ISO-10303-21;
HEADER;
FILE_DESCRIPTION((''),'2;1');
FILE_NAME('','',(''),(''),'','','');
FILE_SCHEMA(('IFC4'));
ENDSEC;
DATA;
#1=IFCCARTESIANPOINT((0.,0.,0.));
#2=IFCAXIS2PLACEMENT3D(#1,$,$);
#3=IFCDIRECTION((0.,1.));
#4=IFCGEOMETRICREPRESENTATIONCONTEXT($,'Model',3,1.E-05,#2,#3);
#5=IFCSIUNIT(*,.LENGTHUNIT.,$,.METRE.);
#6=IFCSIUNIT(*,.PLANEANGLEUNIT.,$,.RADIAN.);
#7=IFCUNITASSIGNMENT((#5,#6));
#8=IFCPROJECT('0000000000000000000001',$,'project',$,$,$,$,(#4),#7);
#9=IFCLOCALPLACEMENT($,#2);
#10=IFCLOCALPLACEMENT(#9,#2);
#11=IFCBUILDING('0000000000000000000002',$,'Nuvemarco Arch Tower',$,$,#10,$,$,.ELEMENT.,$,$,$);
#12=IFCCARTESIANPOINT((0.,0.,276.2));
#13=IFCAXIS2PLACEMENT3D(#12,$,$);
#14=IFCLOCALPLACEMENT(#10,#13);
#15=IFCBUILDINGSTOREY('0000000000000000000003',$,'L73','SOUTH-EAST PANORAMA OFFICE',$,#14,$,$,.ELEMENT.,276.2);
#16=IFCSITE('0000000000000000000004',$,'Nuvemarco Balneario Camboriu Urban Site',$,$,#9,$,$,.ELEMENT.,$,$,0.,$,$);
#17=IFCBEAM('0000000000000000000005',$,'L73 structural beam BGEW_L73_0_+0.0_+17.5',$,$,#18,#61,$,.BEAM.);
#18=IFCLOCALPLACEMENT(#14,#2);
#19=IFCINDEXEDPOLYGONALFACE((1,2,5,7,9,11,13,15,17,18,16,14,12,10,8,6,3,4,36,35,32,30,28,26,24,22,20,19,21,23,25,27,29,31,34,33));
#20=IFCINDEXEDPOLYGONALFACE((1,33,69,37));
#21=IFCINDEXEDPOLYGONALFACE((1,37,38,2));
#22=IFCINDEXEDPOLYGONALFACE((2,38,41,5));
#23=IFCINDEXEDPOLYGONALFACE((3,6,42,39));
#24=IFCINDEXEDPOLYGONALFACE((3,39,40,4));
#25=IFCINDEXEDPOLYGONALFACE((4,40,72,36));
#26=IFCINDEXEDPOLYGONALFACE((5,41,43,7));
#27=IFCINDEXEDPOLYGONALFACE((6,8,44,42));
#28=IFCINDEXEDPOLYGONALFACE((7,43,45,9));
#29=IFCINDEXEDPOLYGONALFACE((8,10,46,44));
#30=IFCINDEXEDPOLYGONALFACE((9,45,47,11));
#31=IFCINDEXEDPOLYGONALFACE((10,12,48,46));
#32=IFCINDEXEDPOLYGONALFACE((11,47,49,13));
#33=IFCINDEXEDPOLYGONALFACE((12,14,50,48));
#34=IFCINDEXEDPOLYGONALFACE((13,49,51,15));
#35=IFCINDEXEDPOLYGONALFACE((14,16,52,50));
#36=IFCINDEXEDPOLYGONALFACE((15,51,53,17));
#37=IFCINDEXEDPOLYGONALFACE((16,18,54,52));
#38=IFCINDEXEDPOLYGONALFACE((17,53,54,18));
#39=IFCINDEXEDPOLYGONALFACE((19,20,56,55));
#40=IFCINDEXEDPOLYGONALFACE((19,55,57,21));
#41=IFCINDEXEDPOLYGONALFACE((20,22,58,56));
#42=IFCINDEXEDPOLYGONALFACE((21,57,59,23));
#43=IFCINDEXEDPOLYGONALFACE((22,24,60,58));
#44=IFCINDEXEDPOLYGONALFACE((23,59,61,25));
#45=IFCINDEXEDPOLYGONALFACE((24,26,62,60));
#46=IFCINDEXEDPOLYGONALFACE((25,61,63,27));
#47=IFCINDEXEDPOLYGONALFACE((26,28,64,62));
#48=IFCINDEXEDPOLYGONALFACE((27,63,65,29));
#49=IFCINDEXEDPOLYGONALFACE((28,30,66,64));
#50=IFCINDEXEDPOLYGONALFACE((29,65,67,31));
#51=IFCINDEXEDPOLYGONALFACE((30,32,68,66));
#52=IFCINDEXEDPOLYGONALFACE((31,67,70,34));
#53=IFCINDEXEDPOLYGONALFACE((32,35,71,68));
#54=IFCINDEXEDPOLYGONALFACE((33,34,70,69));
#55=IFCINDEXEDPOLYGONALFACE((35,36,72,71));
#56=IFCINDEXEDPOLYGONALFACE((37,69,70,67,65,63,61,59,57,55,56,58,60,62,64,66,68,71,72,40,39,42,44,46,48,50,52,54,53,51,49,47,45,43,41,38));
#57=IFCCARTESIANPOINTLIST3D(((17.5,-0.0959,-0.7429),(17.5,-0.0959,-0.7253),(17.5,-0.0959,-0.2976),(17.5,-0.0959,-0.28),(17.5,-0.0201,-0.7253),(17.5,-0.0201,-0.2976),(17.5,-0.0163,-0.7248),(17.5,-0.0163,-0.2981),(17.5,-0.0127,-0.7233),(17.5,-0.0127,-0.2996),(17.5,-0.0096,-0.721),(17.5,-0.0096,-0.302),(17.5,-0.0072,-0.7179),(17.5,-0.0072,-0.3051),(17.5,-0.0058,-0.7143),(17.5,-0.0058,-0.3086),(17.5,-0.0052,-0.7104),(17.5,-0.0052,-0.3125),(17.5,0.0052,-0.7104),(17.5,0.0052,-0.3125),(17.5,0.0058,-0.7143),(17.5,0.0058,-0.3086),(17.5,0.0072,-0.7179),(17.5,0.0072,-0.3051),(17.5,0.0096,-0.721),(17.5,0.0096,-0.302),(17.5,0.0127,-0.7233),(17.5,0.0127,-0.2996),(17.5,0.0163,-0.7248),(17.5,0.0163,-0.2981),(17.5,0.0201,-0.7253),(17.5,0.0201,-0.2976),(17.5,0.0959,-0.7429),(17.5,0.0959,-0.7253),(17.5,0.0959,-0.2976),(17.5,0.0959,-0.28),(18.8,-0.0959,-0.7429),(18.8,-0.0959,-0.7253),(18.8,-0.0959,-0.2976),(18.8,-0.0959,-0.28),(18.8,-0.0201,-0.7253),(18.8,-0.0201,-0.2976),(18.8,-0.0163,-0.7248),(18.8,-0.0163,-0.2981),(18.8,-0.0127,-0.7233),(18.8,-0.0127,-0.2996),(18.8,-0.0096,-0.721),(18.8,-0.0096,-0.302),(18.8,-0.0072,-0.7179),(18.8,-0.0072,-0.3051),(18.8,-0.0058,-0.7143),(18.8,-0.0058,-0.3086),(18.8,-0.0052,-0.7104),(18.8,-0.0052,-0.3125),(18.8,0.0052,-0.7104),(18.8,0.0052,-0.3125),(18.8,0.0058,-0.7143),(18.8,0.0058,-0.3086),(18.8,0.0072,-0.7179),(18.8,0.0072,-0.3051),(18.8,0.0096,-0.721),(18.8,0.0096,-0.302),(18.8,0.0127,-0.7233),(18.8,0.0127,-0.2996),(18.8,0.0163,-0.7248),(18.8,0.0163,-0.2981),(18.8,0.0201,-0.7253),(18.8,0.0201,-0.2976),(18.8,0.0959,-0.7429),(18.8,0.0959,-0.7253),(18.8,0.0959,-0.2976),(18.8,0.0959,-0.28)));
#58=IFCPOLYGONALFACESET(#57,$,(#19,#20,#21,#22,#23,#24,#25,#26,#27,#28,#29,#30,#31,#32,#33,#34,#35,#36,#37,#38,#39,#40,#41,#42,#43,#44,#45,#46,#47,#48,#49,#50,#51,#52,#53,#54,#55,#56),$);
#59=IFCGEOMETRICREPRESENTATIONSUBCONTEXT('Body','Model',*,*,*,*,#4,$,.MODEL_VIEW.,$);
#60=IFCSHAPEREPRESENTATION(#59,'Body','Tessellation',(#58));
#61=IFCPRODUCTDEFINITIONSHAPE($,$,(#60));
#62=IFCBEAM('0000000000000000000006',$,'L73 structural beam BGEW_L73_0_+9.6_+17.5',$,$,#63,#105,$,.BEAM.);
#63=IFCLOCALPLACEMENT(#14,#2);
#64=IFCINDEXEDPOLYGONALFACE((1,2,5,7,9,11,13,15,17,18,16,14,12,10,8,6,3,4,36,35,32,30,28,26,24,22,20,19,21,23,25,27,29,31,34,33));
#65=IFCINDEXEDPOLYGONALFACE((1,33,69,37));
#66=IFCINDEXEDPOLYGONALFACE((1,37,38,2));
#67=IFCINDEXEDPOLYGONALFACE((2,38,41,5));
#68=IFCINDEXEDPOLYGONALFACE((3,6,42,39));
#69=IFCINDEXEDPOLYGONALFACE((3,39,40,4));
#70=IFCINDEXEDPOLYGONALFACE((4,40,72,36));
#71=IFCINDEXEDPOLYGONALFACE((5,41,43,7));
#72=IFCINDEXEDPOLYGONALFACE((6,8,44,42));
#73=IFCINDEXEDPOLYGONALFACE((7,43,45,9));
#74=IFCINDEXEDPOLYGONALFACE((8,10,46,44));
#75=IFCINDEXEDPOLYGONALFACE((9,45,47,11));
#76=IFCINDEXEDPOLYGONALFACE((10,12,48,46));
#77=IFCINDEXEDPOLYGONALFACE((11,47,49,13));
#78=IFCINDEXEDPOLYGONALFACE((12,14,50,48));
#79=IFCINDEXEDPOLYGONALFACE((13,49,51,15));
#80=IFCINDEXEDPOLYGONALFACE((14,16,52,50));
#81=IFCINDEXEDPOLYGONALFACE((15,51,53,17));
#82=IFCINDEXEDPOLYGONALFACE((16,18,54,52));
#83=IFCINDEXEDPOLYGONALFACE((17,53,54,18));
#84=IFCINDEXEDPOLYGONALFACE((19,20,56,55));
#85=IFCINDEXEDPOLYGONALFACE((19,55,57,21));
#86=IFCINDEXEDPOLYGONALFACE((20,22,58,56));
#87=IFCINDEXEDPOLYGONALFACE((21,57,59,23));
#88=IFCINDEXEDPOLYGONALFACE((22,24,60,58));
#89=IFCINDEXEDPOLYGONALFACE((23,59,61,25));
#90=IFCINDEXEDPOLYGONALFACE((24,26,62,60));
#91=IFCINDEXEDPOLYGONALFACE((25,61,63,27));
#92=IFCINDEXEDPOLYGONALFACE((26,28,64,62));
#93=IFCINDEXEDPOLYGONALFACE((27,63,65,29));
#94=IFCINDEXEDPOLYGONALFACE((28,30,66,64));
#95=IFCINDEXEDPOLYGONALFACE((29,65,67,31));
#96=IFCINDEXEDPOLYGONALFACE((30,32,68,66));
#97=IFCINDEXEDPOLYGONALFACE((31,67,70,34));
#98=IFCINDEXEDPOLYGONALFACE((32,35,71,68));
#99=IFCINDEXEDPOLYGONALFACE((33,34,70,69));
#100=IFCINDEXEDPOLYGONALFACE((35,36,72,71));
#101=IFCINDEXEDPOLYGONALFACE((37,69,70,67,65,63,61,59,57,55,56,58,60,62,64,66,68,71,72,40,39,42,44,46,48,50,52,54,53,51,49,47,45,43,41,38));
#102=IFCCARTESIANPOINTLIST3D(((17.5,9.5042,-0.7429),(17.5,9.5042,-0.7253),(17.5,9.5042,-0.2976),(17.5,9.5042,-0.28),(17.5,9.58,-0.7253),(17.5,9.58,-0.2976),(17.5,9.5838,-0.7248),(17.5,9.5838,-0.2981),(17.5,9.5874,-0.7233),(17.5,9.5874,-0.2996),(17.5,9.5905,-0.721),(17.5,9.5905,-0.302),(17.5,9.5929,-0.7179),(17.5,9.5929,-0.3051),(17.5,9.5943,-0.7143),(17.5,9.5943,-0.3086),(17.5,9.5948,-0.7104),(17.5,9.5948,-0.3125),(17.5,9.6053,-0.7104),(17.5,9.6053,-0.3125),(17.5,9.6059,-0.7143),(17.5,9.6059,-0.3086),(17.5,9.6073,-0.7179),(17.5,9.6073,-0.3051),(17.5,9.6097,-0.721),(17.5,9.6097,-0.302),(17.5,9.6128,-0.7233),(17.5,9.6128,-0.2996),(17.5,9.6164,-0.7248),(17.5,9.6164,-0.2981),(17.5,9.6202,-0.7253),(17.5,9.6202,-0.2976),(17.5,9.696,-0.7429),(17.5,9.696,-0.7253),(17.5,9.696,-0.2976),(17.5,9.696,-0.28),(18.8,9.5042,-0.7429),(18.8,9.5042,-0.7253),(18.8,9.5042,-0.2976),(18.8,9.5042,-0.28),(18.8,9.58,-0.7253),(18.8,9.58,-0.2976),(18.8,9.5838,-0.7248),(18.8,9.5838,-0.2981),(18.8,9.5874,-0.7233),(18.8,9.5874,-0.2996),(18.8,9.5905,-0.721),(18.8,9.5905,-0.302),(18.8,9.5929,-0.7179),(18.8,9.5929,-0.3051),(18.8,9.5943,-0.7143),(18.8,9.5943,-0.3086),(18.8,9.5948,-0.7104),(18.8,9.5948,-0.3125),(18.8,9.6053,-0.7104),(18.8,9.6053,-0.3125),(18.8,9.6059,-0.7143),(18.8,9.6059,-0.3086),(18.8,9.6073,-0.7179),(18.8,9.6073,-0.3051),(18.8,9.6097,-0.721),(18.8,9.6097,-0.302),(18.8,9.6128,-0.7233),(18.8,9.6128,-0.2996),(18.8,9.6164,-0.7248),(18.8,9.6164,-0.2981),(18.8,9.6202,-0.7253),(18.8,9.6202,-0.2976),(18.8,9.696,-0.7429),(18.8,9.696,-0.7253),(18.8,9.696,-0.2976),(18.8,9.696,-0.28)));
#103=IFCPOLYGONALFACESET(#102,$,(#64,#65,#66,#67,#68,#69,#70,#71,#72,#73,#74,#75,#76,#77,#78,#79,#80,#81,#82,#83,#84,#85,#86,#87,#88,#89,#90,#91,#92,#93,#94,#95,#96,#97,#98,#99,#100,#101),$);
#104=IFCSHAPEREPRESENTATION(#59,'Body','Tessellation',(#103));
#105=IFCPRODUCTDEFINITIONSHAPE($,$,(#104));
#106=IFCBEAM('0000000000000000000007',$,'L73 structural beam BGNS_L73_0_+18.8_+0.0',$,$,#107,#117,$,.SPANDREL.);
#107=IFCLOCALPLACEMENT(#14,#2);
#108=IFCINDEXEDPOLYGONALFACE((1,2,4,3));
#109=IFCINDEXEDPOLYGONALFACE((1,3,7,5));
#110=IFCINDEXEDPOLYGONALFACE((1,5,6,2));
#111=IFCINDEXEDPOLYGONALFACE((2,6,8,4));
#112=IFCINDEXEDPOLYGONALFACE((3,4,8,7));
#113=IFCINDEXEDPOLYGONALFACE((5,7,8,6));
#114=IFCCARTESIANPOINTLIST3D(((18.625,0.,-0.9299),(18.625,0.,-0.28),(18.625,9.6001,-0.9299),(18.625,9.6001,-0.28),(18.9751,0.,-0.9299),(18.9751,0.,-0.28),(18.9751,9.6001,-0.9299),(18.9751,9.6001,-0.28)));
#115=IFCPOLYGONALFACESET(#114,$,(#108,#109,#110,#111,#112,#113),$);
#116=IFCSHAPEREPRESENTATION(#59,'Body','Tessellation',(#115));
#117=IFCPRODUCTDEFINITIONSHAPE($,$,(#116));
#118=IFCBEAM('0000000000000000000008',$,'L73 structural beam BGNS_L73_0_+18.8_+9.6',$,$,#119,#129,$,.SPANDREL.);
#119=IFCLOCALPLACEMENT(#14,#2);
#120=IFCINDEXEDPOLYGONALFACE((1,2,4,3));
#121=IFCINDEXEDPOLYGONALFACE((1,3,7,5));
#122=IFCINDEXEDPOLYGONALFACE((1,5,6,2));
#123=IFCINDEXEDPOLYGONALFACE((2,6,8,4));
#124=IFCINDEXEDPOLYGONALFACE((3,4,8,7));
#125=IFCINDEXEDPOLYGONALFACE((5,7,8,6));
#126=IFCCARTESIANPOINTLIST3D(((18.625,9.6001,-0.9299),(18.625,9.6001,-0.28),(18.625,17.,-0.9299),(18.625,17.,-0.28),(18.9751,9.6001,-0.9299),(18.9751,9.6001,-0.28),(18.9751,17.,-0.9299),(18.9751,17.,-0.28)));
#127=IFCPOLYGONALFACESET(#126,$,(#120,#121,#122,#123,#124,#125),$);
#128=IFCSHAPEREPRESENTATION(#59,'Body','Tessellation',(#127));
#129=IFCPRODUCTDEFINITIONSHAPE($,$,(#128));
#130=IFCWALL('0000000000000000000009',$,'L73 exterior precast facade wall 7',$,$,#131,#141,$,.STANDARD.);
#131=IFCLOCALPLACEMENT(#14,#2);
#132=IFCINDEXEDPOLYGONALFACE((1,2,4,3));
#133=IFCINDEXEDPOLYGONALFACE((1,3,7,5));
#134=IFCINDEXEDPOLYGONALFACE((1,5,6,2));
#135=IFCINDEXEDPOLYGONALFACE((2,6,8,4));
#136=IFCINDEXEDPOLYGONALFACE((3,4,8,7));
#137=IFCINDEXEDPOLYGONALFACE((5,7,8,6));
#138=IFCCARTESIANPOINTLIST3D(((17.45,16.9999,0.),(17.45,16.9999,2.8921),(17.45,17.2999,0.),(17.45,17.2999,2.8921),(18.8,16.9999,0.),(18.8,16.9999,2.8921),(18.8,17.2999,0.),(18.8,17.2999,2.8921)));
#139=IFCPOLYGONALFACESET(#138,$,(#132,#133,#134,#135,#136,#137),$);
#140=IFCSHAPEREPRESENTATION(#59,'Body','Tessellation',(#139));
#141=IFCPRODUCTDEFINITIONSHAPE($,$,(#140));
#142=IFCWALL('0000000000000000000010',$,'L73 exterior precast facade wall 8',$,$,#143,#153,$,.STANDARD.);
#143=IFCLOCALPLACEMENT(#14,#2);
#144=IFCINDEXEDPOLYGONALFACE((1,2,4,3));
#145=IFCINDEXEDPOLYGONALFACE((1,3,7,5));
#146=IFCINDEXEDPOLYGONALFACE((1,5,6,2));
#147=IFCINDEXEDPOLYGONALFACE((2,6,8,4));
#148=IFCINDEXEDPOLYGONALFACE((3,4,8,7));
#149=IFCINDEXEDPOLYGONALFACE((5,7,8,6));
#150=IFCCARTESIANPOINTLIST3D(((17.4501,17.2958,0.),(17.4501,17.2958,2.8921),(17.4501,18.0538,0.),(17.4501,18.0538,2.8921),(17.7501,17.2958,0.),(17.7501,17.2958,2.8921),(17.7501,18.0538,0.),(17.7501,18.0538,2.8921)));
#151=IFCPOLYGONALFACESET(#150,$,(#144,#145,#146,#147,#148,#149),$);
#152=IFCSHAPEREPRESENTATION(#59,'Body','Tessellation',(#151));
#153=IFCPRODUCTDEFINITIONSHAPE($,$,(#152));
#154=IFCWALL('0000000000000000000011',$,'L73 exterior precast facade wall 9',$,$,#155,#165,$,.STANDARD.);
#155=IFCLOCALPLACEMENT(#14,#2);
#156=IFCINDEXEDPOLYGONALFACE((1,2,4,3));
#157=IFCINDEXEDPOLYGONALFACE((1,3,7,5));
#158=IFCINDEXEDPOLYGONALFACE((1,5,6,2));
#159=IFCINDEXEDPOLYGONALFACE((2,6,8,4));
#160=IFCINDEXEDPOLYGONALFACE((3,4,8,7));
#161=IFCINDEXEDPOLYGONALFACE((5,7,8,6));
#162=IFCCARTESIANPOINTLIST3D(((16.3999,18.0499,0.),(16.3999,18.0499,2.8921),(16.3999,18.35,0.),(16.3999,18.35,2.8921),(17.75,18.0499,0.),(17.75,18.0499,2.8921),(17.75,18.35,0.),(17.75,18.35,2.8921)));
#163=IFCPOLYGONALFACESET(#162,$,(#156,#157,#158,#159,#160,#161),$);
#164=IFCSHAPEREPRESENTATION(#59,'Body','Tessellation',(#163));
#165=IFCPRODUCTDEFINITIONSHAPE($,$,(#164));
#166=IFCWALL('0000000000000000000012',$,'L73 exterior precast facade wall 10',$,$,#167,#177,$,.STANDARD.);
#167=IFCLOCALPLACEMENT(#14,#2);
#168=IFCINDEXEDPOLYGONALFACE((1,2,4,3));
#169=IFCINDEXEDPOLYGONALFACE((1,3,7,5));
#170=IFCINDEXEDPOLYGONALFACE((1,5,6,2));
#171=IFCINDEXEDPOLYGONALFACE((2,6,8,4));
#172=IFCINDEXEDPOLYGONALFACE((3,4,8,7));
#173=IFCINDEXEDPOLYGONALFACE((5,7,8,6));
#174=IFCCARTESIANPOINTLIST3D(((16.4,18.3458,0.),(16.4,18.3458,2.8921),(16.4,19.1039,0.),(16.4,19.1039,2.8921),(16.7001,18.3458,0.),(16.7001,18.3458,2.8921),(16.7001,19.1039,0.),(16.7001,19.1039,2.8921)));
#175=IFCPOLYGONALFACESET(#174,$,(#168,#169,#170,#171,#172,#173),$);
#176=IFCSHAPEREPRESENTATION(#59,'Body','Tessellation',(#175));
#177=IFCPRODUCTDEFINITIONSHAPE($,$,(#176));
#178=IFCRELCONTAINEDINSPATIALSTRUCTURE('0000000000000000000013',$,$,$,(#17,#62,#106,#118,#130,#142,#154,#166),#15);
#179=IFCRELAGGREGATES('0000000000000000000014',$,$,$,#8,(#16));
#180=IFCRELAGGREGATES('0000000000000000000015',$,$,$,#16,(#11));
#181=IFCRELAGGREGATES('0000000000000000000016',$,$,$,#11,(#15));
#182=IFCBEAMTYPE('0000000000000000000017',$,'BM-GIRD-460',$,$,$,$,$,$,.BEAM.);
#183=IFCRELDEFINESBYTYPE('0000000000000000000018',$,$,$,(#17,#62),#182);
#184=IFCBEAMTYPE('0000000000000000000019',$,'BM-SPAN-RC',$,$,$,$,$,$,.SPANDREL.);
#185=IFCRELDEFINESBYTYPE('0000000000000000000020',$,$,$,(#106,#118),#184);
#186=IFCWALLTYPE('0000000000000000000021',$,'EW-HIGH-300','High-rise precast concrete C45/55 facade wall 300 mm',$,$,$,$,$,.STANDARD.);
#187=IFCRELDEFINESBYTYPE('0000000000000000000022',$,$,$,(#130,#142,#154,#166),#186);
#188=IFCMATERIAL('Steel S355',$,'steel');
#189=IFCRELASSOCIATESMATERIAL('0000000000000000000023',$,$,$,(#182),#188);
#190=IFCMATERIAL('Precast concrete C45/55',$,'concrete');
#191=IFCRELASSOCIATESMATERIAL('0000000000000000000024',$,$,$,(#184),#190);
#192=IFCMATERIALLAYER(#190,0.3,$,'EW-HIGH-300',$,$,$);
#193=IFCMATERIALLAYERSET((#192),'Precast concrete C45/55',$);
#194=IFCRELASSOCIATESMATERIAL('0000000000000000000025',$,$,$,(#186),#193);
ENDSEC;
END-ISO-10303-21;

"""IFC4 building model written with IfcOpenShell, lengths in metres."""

from ifc_helpers import new_model, si_unit, direction, frame, frame_2d, origin, origin_2d, place, context, subcontext, project, spatial, rectangle, i_section, extrude, material, layer, layer_set, material_profile, profile_set, type_object, element, save


model = new_model("IFC4")

# Units and contexts
model_context = context("Model", 3, precision=1e-05, world=origin(), true_north=direction((0.0, 1.0)))
body_context = subcontext(model_context, "Body", "Model", "MODEL_VIEW")
ifc_project = project(units=[si_unit("LENGTHUNIT", "METRE"), si_unit("PLANEANGLEUNIT", "RADIAN")], contexts=[model_context])

# Site, building, storey
site_placement = place(None, origin())
site = spatial("IfcSite", under=ifc_project, at=site_placement, Name="Nuvemarco Balneario Camboriu Urban Site", CompositionType="ELEMENT", RefElevation=0.0)
building_placement = place(site_placement, origin())
building = spatial("IfcBuilding", under=site, at=building_placement, Name="Nuvemarco Arch Tower", CompositionType="ELEMENT")
storey_placement = place(building_placement, frame((0.0, 0.0, 276.2)))
storey = spatial("IfcBuildingStorey", under=building, at=storey_placement, Name="L73", Description="SOUTH-EAST PANORAMA OFFICE", CompositionType="ELEMENT", Elevation=276.2)

# Shared definitions
ifc_material_1 = material(Name="Steel S355", Category="steel")

# Beams
ifc_material_profile_1 = material_profile(ifc_material_1, i_section(OverallWidth=0.1919, OverallDepth=0.4629, WebThickness=0.0105, FlangeThickness=0.0176, FilletRadius=0.0149, at=origin_2d()), Name="W460x89")
ifc_profile_set_1 = profile_set([ifc_material_profile_1], Name="Steel S355")
beam_type_1 = type_object("IfcBeamType", Name="BM-GIRD-460", PredefinedType="BEAM", material=ifc_profile_set_1)
for number, where, z_axis, x_axis, name in (
    (1, (17.5, 0.0, -0.5115), (1.0, 0.0, 0.0), (0.0, 1.0, 0.0), "L73 structural beam BGEW_L73_0_+0.0_+17.5"),
    (2, (17.5, 9.6001, -0.5115), (1.0, 0.0, 0.0), (0.0, 1.0, 0.0), "L73 structural beam BGEW_L73_0_+9.6_+17.5"),
):
    element("IfcBeam", number, at=place(storey_placement, frame(where, z_axis=z_axis, x_axis=x_axis)), inside=storey, type_object=beam_type_1, Name=name, PredefinedType="BEAM", context=body_context, shape_type="SweptSolid", body=[
        extrude(i_section(OverallWidth=0.1919, OverallDepth=0.4629, WebThickness=0.0105, FlangeThickness=0.0176, FilletRadius=0.0149, at=origin_2d()), origin(), (0.0, 0.0, 1.0), 1.3),
    ])
ifc_material_2 = material(Name="Precast concrete C45/55", Category="concrete")
ifc_material_profile_2 = material_profile(ifc_material_2, rectangle(XDim=0.3501, YDim=0.6499, at=origin_2d()), Name="PC-SP-350x650")
ifc_profile_set_2 = profile_set([ifc_material_profile_2], Name="Precast concrete C45/55")
beam_type_2 = type_object("IfcBeamType", Name="BM-SPAN-RC", PredefinedType="SPANDREL", material=ifc_profile_set_2)
beam_1_placement = place(storey_placement, frame((18.8, 0.0, -0.605), z_axis=(0.0, 1.0, 0.0), x_axis=(-1.0, 0.0, 0.0)))
element("IfcBeam", 3, at=beam_1_placement, inside=storey, type_object=beam_type_2, Name="L73 structural beam BGNS_L73_0_+18.8_+0.0", PredefinedType="SPANDREL", context=body_context, shape_type="SweptSolid", body=[
    extrude(rectangle(XDim=0.3501, YDim=0.6499, at=origin_2d()), origin(), (0.0, 0.0, 1.0), 9.6001),
])
beam_2_placement = place(storey_placement, frame((18.8, 9.6001, -0.605), z_axis=(0.0, 1.0, 0.0), x_axis=(-1.0, 0.0, 0.0)))
element("IfcBeam", 4, at=beam_2_placement, inside=storey, type_object=beam_type_2, Name="L73 structural beam BGNS_L73_0_+18.8_+9.6", PredefinedType="SPANDREL", context=body_context, shape_type="SweptSolid", body=[
    extrude(rectangle(XDim=0.3501, YDim=0.6499, at=origin_2d()), origin(), (0.0, 0.0, 1.0), 7.3999),
])

# Walls
ifc_layer_1 = layer(ifc_material_2, 0.3, Name="EW-HIGH-300")
ifc_layer_set_1 = layer_set([ifc_layer_1], Name="Precast concrete C45/55")
wall_type_1 = type_object("IfcWallType", Name="EW-HIGH-300", Description="High-rise precast concrete C45/55 facade wall 300 mm", PredefinedType="STANDARD", material=ifc_layer_set_1)
wall_1_placement = place(storey_placement, frame((17.45, 17.1499, 0.0), z_axis=(0.0, 0.0, 1.0), x_axis=(1.0, 0.0, 0.0)))
element("IfcWall", 5, at=wall_1_placement, inside=storey, type_object=wall_type_1, Name="L73 exterior precast facade wall 7", PredefinedType="STANDARD", context=body_context, shape_type="SweptSolid", body=[
    extrude(rectangle(XDim=1.3501, YDim=0.3, at=frame_2d((0.675, 0.0))), origin(), (0.0, 0.0, 1.0), 2.8921),
])
wall_2_placement = place(storey_placement, frame((17.6001, 17.2959, 0.0), z_axis=(0.0, 0.0, 1.0), x_axis=(0.0, 1.0, 0.0)))
element("IfcWall", 6, at=wall_2_placement, inside=storey, type_object=wall_type_1, Name="L73 exterior precast facade wall 8", PredefinedType="STANDARD", context=body_context, shape_type="SweptSolid", body=[
    extrude(rectangle(XDim=0.7581, YDim=0.3, at=frame_2d((0.3789, 0.0))), origin(), (0.0, 0.0, 1.0), 2.8921),
])
wall_3_placement = place(storey_placement, frame((16.3999, 18.2, 0.0), z_axis=(0.0, 0.0, 1.0), x_axis=(1.0, 0.0, 0.0)))
element("IfcWall", 7, at=wall_3_placement, inside=storey, type_object=wall_type_1, Name="L73 exterior precast facade wall 9", PredefinedType="STANDARD", context=body_context, shape_type="SweptSolid", body=[
    extrude(rectangle(XDim=1.3501, YDim=0.3, at=frame_2d((0.675, 0.0))), origin(), (0.0, 0.0, 1.0), 2.8921),
])
wall_4_placement = place(storey_placement, frame((16.55, 18.3459, 0.0), z_axis=(0.0, 0.0, 1.0), x_axis=(0.0, 1.0, 0.0)))
element("IfcWall", 8, at=wall_4_placement, inside=storey, type_object=wall_type_1, Name="L73 exterior precast facade wall 10", PredefinedType="STANDARD", context=body_context, shape_type="SweptSolid", body=[
    extrude(rectangle(XDim=0.7581, YDim=0.3, at=frame_2d((0.3789, 0.0))), origin(), (0.0, 0.0, 1.0), 2.8921),
])

save(model, "model.ifc")
